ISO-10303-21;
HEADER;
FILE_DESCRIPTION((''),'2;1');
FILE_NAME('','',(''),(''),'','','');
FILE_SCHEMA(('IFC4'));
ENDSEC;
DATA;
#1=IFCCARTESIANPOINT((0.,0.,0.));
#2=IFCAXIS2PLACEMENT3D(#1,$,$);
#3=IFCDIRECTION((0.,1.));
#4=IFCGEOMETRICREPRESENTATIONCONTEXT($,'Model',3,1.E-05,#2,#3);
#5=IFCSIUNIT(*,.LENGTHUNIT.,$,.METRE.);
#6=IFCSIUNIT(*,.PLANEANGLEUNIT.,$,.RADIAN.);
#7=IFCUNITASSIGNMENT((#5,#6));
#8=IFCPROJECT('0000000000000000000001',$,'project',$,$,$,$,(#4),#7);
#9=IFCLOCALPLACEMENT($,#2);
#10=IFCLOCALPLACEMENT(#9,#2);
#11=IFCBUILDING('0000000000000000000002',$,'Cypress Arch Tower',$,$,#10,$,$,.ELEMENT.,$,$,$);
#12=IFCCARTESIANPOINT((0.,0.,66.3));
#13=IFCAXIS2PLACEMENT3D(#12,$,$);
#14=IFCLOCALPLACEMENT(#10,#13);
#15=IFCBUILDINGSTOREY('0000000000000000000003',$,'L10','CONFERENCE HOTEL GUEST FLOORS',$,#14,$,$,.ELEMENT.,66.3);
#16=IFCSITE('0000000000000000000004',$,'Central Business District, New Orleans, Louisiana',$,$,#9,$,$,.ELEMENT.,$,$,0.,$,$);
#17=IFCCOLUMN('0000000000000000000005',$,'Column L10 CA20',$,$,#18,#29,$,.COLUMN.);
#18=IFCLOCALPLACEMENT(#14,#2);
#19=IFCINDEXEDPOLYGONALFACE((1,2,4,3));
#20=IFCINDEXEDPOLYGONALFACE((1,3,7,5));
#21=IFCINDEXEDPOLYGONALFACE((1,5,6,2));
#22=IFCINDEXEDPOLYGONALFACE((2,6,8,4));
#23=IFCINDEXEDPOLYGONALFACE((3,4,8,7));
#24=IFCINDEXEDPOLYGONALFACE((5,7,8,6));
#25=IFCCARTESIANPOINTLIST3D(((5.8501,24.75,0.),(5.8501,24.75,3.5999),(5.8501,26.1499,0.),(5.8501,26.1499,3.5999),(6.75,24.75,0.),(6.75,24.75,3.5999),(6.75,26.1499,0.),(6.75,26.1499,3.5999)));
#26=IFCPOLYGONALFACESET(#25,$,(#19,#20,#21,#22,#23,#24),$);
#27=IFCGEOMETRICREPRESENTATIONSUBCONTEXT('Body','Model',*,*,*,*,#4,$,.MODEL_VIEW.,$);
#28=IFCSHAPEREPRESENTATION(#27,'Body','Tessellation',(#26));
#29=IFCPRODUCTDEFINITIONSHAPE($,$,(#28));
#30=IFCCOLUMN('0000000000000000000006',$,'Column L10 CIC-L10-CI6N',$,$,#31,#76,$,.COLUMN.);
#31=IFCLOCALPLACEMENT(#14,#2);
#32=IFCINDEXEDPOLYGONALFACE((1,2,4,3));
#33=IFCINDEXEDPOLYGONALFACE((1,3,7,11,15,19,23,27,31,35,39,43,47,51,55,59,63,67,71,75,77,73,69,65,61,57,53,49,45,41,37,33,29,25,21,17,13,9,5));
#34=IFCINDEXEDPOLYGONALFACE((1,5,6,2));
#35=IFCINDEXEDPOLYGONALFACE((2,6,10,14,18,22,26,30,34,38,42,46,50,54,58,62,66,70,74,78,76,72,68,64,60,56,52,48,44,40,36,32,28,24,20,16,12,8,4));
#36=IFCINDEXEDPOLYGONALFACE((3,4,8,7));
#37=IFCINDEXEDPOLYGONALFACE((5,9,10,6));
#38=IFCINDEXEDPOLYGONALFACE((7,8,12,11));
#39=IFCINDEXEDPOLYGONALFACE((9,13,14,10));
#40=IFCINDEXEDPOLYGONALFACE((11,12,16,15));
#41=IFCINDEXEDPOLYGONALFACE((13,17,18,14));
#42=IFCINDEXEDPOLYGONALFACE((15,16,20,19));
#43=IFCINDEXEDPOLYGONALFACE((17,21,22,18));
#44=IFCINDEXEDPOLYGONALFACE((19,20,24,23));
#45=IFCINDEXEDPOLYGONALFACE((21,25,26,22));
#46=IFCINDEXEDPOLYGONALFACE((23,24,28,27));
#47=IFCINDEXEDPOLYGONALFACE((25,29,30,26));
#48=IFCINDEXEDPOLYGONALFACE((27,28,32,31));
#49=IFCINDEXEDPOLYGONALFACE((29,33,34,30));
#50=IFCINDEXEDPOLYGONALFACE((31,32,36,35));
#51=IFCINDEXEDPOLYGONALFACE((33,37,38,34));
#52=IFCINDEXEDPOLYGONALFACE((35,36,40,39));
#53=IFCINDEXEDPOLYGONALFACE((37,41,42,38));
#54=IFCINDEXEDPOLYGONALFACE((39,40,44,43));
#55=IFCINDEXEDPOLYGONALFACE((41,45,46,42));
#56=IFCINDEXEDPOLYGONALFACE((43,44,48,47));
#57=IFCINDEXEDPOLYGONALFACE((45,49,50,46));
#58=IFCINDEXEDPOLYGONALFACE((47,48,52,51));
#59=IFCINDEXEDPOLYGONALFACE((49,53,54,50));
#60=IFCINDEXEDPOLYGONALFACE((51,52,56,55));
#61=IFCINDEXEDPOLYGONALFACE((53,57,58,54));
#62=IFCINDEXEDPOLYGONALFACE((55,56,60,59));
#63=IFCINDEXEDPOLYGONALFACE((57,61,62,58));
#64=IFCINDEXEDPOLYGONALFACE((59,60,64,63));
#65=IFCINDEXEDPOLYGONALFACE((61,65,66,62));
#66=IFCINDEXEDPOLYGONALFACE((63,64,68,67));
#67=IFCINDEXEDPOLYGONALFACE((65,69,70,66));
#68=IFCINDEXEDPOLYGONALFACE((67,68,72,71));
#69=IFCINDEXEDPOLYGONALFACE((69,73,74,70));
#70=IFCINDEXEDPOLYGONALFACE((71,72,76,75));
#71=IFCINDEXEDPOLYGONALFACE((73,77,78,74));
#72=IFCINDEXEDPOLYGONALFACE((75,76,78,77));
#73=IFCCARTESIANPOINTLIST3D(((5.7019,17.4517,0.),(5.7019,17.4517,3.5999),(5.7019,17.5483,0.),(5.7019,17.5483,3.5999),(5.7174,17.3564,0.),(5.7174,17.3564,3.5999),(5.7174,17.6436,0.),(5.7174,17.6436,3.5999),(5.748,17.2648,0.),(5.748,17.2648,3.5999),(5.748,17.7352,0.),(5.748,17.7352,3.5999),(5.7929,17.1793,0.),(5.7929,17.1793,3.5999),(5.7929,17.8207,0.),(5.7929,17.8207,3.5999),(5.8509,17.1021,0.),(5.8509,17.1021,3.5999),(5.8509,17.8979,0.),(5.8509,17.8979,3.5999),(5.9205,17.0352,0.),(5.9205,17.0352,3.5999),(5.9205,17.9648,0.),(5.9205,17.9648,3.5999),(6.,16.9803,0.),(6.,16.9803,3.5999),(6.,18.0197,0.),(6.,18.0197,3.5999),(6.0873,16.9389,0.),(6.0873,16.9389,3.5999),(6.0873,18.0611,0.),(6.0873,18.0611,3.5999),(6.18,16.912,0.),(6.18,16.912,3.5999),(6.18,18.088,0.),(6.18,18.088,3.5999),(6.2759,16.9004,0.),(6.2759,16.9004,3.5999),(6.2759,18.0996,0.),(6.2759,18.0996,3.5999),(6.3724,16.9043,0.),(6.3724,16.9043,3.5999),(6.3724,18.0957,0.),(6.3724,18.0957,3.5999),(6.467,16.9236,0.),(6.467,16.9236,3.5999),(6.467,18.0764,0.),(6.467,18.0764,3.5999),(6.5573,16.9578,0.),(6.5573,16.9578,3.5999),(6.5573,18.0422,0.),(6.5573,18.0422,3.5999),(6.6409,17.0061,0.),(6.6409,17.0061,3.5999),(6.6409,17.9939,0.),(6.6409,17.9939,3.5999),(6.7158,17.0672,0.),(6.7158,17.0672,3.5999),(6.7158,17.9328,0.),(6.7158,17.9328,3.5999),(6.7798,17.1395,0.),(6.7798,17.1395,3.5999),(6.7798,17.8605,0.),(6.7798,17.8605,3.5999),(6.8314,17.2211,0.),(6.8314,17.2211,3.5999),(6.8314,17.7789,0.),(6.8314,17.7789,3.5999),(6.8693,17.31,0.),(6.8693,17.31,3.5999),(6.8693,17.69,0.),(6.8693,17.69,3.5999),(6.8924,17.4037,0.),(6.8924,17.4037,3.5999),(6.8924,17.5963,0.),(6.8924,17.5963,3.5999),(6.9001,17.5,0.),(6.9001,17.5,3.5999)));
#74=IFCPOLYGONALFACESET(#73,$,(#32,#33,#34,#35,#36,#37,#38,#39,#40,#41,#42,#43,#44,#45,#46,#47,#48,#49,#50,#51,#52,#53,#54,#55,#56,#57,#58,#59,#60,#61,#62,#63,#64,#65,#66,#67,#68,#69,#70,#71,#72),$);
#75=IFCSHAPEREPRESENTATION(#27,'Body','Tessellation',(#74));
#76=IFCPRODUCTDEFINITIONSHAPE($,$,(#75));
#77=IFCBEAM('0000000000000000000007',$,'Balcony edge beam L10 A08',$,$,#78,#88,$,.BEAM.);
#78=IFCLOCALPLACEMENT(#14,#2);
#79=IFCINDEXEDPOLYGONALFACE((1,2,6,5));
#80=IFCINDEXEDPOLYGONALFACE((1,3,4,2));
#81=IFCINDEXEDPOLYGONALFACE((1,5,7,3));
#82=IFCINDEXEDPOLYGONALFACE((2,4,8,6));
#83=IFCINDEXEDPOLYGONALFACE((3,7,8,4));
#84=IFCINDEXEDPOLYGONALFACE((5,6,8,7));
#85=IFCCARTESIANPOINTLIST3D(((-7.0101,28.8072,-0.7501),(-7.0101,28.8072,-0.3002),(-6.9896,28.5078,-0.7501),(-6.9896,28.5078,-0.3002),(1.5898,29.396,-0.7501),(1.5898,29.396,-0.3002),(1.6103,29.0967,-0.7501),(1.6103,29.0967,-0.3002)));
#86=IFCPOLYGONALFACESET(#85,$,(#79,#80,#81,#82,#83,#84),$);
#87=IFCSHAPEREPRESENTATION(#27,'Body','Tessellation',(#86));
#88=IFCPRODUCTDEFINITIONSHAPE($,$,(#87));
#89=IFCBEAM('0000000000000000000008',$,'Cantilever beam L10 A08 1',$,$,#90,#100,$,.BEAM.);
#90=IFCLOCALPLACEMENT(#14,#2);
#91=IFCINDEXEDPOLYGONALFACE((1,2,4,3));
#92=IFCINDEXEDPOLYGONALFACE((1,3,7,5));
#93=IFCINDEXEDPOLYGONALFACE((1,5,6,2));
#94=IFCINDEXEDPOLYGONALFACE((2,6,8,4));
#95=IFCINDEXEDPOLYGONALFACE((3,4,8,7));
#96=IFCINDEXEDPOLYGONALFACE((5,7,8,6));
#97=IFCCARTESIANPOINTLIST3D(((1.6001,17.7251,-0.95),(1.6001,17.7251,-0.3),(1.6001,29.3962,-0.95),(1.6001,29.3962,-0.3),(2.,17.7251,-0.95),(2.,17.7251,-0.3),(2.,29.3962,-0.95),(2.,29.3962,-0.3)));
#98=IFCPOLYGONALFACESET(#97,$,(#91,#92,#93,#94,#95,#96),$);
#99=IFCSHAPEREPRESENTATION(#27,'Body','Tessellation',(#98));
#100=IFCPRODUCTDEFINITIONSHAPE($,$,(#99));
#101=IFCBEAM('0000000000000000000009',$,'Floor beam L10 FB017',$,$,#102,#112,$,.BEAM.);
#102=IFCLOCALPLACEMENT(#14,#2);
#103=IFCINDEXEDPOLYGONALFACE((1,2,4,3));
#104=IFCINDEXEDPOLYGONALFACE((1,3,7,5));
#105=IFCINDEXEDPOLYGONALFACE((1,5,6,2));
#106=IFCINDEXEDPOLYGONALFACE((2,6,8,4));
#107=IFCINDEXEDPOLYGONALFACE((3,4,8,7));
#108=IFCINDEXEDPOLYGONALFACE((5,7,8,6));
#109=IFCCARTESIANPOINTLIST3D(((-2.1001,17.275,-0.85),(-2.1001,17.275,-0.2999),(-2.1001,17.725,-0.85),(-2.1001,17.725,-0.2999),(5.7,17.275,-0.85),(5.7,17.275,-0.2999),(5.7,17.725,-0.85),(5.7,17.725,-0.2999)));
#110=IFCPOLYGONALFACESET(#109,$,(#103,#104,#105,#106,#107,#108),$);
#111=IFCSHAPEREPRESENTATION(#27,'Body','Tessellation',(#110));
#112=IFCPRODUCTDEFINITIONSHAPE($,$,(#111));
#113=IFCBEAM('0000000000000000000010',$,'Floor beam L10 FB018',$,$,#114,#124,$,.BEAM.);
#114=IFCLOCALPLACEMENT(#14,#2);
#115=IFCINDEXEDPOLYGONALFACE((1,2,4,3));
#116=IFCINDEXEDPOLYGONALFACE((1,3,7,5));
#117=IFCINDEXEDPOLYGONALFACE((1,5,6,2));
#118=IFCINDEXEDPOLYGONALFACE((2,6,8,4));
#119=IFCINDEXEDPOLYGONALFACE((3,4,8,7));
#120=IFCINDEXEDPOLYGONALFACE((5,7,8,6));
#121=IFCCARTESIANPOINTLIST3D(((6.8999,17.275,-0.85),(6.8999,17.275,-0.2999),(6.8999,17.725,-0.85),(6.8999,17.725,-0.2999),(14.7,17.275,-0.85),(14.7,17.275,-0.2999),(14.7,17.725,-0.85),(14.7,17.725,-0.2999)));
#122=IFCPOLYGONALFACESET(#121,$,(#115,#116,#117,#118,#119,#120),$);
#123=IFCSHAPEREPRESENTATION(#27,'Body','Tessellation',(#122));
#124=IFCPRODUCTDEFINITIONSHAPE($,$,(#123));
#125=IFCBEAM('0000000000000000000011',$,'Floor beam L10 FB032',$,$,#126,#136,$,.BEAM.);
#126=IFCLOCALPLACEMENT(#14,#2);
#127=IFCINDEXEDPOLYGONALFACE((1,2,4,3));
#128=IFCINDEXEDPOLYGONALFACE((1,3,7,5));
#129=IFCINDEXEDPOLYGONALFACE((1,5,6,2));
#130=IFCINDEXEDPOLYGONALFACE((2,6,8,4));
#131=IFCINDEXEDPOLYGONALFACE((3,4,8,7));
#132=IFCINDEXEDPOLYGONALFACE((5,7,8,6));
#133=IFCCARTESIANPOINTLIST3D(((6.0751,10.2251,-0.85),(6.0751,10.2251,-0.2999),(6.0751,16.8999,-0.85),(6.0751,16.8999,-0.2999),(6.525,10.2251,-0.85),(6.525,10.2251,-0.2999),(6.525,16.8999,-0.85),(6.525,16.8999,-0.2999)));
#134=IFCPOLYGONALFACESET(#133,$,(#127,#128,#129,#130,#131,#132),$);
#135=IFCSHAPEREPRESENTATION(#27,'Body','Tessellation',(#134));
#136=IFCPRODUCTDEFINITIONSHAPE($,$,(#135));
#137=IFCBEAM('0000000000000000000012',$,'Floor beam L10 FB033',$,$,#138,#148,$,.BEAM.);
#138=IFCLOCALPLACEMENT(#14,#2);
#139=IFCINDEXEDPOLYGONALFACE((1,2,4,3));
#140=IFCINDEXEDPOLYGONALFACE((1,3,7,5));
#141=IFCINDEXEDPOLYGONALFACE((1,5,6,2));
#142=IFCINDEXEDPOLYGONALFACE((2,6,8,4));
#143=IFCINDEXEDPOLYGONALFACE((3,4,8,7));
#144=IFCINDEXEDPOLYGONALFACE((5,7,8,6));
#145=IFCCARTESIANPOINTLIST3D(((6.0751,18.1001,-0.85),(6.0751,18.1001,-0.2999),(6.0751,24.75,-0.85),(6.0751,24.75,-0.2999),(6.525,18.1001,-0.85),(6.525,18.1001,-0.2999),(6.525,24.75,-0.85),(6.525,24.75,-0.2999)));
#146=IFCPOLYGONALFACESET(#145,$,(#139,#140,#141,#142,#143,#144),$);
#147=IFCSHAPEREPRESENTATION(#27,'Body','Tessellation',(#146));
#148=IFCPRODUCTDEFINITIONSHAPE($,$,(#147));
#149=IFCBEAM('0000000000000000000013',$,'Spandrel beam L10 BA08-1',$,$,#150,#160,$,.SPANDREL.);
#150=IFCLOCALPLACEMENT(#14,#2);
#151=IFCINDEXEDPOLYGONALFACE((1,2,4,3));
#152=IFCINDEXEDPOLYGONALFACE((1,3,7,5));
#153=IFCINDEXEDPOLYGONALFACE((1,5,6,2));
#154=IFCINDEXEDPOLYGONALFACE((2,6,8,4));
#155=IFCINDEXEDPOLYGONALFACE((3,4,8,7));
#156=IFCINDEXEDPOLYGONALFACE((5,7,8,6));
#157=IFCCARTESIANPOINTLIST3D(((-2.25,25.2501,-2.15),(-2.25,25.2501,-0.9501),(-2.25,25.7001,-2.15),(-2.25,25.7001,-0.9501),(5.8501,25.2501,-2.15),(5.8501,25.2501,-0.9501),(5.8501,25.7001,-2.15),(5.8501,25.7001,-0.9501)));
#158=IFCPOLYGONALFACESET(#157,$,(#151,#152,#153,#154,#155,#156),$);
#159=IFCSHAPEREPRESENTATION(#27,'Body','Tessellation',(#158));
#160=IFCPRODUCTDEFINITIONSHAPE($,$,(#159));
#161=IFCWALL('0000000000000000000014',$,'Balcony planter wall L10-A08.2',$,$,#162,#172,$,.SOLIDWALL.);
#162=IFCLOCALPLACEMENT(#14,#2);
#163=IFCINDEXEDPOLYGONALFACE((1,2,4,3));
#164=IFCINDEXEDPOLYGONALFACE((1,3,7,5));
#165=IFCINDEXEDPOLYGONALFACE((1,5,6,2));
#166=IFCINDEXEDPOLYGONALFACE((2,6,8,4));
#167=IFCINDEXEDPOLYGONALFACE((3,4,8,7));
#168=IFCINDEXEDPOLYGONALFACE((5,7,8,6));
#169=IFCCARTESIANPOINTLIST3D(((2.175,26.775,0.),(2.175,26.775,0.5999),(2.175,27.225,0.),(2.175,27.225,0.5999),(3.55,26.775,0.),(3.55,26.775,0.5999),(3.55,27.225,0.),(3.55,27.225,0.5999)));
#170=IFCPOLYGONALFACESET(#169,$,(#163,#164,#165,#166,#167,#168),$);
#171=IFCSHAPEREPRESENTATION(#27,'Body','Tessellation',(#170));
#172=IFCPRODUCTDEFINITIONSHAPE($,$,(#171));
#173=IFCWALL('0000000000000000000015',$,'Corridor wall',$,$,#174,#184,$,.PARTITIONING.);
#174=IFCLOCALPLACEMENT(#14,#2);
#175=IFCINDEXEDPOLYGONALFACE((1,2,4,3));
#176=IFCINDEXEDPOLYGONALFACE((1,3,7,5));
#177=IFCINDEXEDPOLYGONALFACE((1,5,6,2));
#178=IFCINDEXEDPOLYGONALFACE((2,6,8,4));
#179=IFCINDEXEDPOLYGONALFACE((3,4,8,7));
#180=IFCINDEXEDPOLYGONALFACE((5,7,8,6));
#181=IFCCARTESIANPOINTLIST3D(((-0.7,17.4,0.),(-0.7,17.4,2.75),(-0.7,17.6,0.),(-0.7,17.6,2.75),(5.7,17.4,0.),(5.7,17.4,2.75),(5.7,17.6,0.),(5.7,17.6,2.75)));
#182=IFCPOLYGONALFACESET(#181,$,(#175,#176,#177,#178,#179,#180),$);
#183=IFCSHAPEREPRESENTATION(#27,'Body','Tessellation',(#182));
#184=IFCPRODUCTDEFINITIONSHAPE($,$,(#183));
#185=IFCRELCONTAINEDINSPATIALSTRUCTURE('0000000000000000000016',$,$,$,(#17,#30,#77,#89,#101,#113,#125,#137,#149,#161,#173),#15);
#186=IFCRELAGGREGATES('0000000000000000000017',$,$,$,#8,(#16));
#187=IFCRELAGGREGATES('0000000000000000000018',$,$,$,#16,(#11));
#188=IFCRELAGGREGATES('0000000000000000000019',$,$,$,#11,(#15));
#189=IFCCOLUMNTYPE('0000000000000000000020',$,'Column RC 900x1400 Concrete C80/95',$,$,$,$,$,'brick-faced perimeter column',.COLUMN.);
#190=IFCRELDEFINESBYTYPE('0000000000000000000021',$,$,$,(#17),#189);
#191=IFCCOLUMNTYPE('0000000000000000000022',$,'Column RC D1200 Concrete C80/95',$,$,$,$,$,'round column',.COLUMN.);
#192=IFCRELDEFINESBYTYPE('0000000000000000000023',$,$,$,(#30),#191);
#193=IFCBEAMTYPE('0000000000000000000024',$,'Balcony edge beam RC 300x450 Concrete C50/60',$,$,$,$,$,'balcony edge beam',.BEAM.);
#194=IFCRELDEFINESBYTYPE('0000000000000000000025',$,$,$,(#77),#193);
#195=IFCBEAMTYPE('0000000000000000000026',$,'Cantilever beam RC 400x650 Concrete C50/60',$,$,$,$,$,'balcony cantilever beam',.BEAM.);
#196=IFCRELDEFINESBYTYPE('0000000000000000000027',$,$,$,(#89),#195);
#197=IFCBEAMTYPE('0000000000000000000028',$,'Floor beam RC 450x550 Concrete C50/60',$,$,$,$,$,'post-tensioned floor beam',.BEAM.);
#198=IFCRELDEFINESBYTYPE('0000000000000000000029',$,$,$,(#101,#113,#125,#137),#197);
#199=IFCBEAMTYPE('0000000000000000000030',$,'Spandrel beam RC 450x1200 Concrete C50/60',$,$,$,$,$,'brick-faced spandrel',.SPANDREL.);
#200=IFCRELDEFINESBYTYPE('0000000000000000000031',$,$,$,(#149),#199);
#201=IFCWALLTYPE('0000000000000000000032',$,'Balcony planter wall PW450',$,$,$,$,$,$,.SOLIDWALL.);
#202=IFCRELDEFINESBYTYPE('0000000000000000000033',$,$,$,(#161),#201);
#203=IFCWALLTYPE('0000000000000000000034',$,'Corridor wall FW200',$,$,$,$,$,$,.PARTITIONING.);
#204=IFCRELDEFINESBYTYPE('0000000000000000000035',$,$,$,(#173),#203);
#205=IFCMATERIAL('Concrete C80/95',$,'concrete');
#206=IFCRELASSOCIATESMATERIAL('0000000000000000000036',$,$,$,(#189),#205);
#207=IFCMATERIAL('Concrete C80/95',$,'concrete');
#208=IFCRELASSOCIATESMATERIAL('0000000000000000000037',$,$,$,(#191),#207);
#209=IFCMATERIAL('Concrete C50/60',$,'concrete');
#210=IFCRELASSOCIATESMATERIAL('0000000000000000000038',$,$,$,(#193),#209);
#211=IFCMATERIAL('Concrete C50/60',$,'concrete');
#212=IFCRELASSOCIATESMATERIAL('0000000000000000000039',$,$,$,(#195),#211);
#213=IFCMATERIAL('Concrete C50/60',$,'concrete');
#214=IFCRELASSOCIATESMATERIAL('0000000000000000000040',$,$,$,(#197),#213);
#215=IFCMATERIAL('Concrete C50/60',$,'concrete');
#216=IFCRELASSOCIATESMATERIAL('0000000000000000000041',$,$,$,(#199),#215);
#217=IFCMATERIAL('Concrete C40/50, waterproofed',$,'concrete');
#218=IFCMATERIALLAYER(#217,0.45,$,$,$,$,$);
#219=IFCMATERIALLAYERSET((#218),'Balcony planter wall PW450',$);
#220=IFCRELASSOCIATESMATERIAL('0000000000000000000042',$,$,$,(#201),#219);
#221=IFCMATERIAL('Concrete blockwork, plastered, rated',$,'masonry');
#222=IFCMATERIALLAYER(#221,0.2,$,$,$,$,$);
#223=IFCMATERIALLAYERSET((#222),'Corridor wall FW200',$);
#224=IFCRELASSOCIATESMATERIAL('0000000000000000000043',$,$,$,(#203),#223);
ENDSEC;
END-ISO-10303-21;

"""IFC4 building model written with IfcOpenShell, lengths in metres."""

from ifc_helpers import new_model, si_unit, direction, frame, frame_2d, origin, origin_2d, place, context, subcontext, project, spatial, rectangle, circle, extrude, material, layer, layer_set, material_profile, profile_set, type_object, element, save


model = new_model("IFC4")

# Units and contexts
model_context = context("Model", 3, precision=1e-05, world=origin(), true_north=direction((0.0, 1.0)))
body_context = subcontext(model_context, "Body", "Model", "MODEL_VIEW")
ifc_project = project(units=[si_unit("LENGTHUNIT", "METRE"), si_unit("PLANEANGLEUNIT", "RADIAN")], contexts=[model_context])

# Site, building, storey
site_placement = place(None, origin())
site = spatial("IfcSite", under=ifc_project, at=site_placement, Name="Central Business District, New Orleans, Louisiana", CompositionType="ELEMENT", RefElevation=0.0)
building_placement = place(site_placement, origin())
building = spatial("IfcBuilding", under=site, at=building_placement, Name="Cypress Arch Tower", CompositionType="ELEMENT")
storey_placement = place(building_placement, frame((0.0, 0.0, 66.3)))
storey = spatial("IfcBuildingStorey", under=building, at=storey_placement, Name="L10", Description="CONFERENCE HOTEL GUEST FLOORS", CompositionType="ELEMENT", Elevation=66.3)

# Columns
ifc_material_1 = material(Name="Concrete C80/95", Category="concrete")
ifc_material_profile_1 = material_profile(ifc_material_1, rectangle(XDim=0.8999, YDim=1.3999, at=origin_2d()), Name="RC 900x1400")
ifc_profile_set_1 = profile_set([ifc_material_profile_1], Name="Concrete C80/95")
column_type_1 = type_object("IfcColumnType", Name="Column RC 900x1400 Concrete C80/95", ElementType="brick-faced perimeter column", PredefinedType="COLUMN", material=ifc_profile_set_1)
column_1_placement = place(storey_placement, frame((6.3, 25.45, 0.0), z_axis=(0.0, 0.0, 1.0), x_axis=(-1.0, 0.0, 0.0)))
element("IfcColumn", 1, at=column_1_placement, inside=storey, type_object=column_type_1, Name="Column L10 CA20", PredefinedType="COLUMN", context=body_context, shape_type="SweptSolid", body=[
    extrude(rectangle(XDim=0.8999, YDim=1.3999, at=origin_2d()), origin(), (0.0, 0.0, 1.0), 3.5999),
])
ifc_material_2 = material(Name="Concrete C80/95", Category="concrete")
ifc_material_profile_2 = material_profile(ifc_material_2, circle(Radius=0.6001, at=origin_2d()), Name="RC D1200")
ifc_profile_set_2 = profile_set([ifc_material_profile_2], Name="Concrete C80/95")
column_type_2 = type_object("IfcColumnType", Name="Column RC D1200 Concrete C80/95", ElementType="round column", PredefinedType="COLUMN", material=ifc_profile_set_2)
column_2_placement = place(storey_placement, frame((6.3, 17.5, 0.0), z_axis=(0.0, 0.0, 1.0), x_axis=(1.0, 0.0, 0.0)))
element("IfcColumn", 2, at=column_2_placement, inside=storey, type_object=column_type_2, Name="Column L10 CIC-L10-CI6N", PredefinedType="COLUMN", context=body_context, shape_type="SweptSolid", body=[
    extrude(circle(Radius=0.6001, at=origin_2d()), origin(), (0.0, 0.0, 1.0), 3.5999),
])

# Beams
ifc_material_3 = material(Name="Concrete C50/60", Category="concrete")
ifc_material_profile_3 = material_profile(ifc_material_3, rectangle(XDim=0.3, YDim=0.45, at=origin_2d()), Name="RC 300x450")
ifc_profile_set_3 = profile_set([ifc_material_profile_3], Name="Concrete C50/60")
beam_type_1 = type_object("IfcBeamType", Name="Balcony edge beam RC 300x450 Concrete C50/60", ElementType="balcony edge beam", PredefinedType="BEAM", material=ifc_profile_set_3)
beam_1_placement = place(storey_placement, frame((1.6001, 29.2463, -0.5251), z_axis=(-0.997664, -0.068312, 0.0), x_axis=(0.068312, -0.997664, 0.0)))
element("IfcBeam", 3, at=beam_1_placement, inside=storey, type_object=beam_type_1, Name="Balcony edge beam L10 A08", PredefinedType="BEAM", context=body_context, shape_type="SweptSolid", body=[
    extrude(rectangle(XDim=0.3, YDim=0.45, at=origin_2d()), origin(), (0.0, 0.0, 1.0), 8.6201),
])
ifc_material_4 = material(Name="Concrete C50/60", Category="concrete")
ifc_material_profile_4 = material_profile(ifc_material_4, rectangle(XDim=0.3999, YDim=0.6499, at=origin_2d()), Name="RC 400x650")
ifc_profile_set_4 = profile_set([ifc_material_profile_4], Name="Concrete C50/60")
beam_type_2 = type_object("IfcBeamType", Name="Cantilever beam RC 400x650 Concrete C50/60", ElementType="balcony cantilever beam", PredefinedType="BEAM", material=ifc_profile_set_4)
beam_2_placement = place(storey_placement, frame((1.8, 17.7251, -0.625), z_axis=(0.0, 1.0, 0.0), x_axis=(-1.0, 0.0, 0.0)))
element("IfcBeam", 4, at=beam_2_placement, inside=storey, type_object=beam_type_2, Name="Cantilever beam L10 A08 1", PredefinedType="BEAM", context=body_context, shape_type="SweptSolid", body=[
    extrude(rectangle(XDim=0.3999, YDim=0.6499, at=origin_2d()), origin(), (0.0, 0.0, 1.0), 11.6711),
])
ifc_material_5 = material(Name="Concrete C50/60", Category="concrete")
ifc_material_profile_5 = material_profile(ifc_material_5, rectangle(XDim=0.45, YDim=0.55, at=origin_2d()), Name="RC 450x550")
ifc_profile_set_5 = profile_set([ifc_material_profile_5], Name="Concrete C50/60")
beam_type_3 = type_object("IfcBeamType", Name="Floor beam RC 450x550 Concrete C50/60", ElementType="post-tensioned floor beam", PredefinedType="BEAM", material=ifc_profile_set_5)
for number, where, z_axis, x_axis, name in (
    (5, (-2.1001, 17.5, -0.575), (1.0, 0.0, 0.0), (0.0, 1.0, 0.0), "Floor beam L10 FB017"),
    (6, (6.8999, 17.5, -0.575), (1.0, 0.0, 0.0), (0.0, 1.0, 0.0), "Floor beam L10 FB018"),
):
    element("IfcBeam", number, at=place(storey_placement, frame(where, z_axis=z_axis, x_axis=x_axis)), inside=storey, type_object=beam_type_3, Name=name, PredefinedType="BEAM", context=body_context, shape_type="SweptSolid", body=[
        extrude(rectangle(XDim=0.45, YDim=0.55, at=origin_2d()), origin(), (0.0, 0.0, 1.0), 7.8),
    ])
beam_3_placement = place(storey_placement, frame((6.3, 10.2251, -0.575), z_axis=(0.0, 1.0, 0.0), x_axis=(-1.0, 0.0, 0.0)))
element("IfcBeam", 7, at=beam_3_placement, inside=storey, type_object=beam_type_3, Name="Floor beam L10 FB032", PredefinedType="BEAM", context=body_context, shape_type="SweptSolid", body=[
    extrude(rectangle(XDim=0.45, YDim=0.55, at=origin_2d()), origin(), (0.0, 0.0, 1.0), 6.6748),
])
beam_4_placement = place(storey_placement, frame((6.3, 18.1001, -0.575), z_axis=(0.0, 1.0, 0.0), x_axis=(-1.0, 0.0, 0.0)))
element("IfcBeam", 8, at=beam_4_placement, inside=storey, type_object=beam_type_3, Name="Floor beam L10 FB033", PredefinedType="BEAM", context=body_context, shape_type="SweptSolid", body=[
    extrude(rectangle(XDim=0.45, YDim=0.55, at=origin_2d()), origin(), (0.0, 0.0, 1.0), 6.6499),
])
ifc_material_6 = material(Name="Concrete C50/60", Category="concrete")
ifc_material_profile_6 = material_profile(ifc_material_6, rectangle(XDim=0.45, YDim=1.2, at=origin_2d()), Name="RC 450x1200")
ifc_profile_set_6 = profile_set([ifc_material_profile_6], Name="Concrete C50/60")
beam_type_4 = type_object("IfcBeamType", Name="Spandrel beam RC 450x1200 Concrete C50/60", ElementType="brick-faced spandrel", PredefinedType="SPANDREL", material=ifc_profile_set_6)
beam_5_placement = place(storey_placement, frame((5.8501, 25.4751, -1.55), z_axis=(-1.0, 0.0, 0.0), x_axis=(0.0, -1.0, 0.0)))
element("IfcBeam", 9, at=beam_5_placement, inside=storey, type_object=beam_type_4, Name="Spandrel beam L10 BA08-1", PredefinedType="SPANDREL", context=body_context, shape_type="SweptSolid", body=[
    extrude(rectangle(XDim=0.45, YDim=1.2, at=origin_2d()), origin(), (0.0, 0.0, 1.0), 8.1001),
])

# Wall
ifc_material_7 = material(Name="Concrete C40/50, waterproofed", Category="concrete")
ifc_layer_1 = layer(ifc_material_7, 0.45)
ifc_layer_set_1 = layer_set([ifc_layer_1], Name="Balcony planter wall PW450")
wall_type_1 = type_object("IfcWallType", Name="Balcony planter wall PW450", PredefinedType="SOLIDWALL", material=ifc_layer_set_1)
wall_1_placement = place(storey_placement, frame((3.55, 27.0, 0.0), z_axis=(0.0, 0.0, 1.0), x_axis=(-1.0, 0.0, 0.0)))
element("IfcWall", 10, at=wall_1_placement, inside=storey, type_object=wall_type_1, Name="Balcony planter wall L10-A08.2", PredefinedType="SOLIDWALL", context=body_context, shape_type="SweptSolid", body=[
    extrude(rectangle(XDim=1.375, YDim=0.45, at=frame_2d((0.6875, 0.0))), origin(), (0.0, 0.0, 1.0), 0.5999),
])

# Shared definitions
ifc_material_8 = material(Name="Concrete blockwork, plastered, rated", Category="masonry")
ifc_layer_2 = layer(ifc_material_8, 0.2)
ifc_layer_set_2 = layer_set([ifc_layer_2], Name="Corridor wall FW200")
wall_type_2 = type_object("IfcWallType", Name="Corridor wall FW200", PredefinedType="PARTITIONING", material=ifc_layer_set_2)

# Wall
wall_2_placement = place(storey_placement, frame((-0.7, 17.5, 0.0), z_axis=(0.0, 0.0, 1.0), x_axis=(1.0, 0.0, 0.0)))
element("IfcWall", 11, at=wall_2_placement, inside=storey, type_object=wall_type_2, Name="Corridor wall", PredefinedType="PARTITIONING", context=body_context, shape_type="SweptSolid", body=[
    extrude(rectangle(XDim=6.3999, YDim=0.2, at=frame_2d((3.2, 0.0))), origin(), (0.0, 0.0, 1.0), 2.75),
])

save(model, "model.ifc")
